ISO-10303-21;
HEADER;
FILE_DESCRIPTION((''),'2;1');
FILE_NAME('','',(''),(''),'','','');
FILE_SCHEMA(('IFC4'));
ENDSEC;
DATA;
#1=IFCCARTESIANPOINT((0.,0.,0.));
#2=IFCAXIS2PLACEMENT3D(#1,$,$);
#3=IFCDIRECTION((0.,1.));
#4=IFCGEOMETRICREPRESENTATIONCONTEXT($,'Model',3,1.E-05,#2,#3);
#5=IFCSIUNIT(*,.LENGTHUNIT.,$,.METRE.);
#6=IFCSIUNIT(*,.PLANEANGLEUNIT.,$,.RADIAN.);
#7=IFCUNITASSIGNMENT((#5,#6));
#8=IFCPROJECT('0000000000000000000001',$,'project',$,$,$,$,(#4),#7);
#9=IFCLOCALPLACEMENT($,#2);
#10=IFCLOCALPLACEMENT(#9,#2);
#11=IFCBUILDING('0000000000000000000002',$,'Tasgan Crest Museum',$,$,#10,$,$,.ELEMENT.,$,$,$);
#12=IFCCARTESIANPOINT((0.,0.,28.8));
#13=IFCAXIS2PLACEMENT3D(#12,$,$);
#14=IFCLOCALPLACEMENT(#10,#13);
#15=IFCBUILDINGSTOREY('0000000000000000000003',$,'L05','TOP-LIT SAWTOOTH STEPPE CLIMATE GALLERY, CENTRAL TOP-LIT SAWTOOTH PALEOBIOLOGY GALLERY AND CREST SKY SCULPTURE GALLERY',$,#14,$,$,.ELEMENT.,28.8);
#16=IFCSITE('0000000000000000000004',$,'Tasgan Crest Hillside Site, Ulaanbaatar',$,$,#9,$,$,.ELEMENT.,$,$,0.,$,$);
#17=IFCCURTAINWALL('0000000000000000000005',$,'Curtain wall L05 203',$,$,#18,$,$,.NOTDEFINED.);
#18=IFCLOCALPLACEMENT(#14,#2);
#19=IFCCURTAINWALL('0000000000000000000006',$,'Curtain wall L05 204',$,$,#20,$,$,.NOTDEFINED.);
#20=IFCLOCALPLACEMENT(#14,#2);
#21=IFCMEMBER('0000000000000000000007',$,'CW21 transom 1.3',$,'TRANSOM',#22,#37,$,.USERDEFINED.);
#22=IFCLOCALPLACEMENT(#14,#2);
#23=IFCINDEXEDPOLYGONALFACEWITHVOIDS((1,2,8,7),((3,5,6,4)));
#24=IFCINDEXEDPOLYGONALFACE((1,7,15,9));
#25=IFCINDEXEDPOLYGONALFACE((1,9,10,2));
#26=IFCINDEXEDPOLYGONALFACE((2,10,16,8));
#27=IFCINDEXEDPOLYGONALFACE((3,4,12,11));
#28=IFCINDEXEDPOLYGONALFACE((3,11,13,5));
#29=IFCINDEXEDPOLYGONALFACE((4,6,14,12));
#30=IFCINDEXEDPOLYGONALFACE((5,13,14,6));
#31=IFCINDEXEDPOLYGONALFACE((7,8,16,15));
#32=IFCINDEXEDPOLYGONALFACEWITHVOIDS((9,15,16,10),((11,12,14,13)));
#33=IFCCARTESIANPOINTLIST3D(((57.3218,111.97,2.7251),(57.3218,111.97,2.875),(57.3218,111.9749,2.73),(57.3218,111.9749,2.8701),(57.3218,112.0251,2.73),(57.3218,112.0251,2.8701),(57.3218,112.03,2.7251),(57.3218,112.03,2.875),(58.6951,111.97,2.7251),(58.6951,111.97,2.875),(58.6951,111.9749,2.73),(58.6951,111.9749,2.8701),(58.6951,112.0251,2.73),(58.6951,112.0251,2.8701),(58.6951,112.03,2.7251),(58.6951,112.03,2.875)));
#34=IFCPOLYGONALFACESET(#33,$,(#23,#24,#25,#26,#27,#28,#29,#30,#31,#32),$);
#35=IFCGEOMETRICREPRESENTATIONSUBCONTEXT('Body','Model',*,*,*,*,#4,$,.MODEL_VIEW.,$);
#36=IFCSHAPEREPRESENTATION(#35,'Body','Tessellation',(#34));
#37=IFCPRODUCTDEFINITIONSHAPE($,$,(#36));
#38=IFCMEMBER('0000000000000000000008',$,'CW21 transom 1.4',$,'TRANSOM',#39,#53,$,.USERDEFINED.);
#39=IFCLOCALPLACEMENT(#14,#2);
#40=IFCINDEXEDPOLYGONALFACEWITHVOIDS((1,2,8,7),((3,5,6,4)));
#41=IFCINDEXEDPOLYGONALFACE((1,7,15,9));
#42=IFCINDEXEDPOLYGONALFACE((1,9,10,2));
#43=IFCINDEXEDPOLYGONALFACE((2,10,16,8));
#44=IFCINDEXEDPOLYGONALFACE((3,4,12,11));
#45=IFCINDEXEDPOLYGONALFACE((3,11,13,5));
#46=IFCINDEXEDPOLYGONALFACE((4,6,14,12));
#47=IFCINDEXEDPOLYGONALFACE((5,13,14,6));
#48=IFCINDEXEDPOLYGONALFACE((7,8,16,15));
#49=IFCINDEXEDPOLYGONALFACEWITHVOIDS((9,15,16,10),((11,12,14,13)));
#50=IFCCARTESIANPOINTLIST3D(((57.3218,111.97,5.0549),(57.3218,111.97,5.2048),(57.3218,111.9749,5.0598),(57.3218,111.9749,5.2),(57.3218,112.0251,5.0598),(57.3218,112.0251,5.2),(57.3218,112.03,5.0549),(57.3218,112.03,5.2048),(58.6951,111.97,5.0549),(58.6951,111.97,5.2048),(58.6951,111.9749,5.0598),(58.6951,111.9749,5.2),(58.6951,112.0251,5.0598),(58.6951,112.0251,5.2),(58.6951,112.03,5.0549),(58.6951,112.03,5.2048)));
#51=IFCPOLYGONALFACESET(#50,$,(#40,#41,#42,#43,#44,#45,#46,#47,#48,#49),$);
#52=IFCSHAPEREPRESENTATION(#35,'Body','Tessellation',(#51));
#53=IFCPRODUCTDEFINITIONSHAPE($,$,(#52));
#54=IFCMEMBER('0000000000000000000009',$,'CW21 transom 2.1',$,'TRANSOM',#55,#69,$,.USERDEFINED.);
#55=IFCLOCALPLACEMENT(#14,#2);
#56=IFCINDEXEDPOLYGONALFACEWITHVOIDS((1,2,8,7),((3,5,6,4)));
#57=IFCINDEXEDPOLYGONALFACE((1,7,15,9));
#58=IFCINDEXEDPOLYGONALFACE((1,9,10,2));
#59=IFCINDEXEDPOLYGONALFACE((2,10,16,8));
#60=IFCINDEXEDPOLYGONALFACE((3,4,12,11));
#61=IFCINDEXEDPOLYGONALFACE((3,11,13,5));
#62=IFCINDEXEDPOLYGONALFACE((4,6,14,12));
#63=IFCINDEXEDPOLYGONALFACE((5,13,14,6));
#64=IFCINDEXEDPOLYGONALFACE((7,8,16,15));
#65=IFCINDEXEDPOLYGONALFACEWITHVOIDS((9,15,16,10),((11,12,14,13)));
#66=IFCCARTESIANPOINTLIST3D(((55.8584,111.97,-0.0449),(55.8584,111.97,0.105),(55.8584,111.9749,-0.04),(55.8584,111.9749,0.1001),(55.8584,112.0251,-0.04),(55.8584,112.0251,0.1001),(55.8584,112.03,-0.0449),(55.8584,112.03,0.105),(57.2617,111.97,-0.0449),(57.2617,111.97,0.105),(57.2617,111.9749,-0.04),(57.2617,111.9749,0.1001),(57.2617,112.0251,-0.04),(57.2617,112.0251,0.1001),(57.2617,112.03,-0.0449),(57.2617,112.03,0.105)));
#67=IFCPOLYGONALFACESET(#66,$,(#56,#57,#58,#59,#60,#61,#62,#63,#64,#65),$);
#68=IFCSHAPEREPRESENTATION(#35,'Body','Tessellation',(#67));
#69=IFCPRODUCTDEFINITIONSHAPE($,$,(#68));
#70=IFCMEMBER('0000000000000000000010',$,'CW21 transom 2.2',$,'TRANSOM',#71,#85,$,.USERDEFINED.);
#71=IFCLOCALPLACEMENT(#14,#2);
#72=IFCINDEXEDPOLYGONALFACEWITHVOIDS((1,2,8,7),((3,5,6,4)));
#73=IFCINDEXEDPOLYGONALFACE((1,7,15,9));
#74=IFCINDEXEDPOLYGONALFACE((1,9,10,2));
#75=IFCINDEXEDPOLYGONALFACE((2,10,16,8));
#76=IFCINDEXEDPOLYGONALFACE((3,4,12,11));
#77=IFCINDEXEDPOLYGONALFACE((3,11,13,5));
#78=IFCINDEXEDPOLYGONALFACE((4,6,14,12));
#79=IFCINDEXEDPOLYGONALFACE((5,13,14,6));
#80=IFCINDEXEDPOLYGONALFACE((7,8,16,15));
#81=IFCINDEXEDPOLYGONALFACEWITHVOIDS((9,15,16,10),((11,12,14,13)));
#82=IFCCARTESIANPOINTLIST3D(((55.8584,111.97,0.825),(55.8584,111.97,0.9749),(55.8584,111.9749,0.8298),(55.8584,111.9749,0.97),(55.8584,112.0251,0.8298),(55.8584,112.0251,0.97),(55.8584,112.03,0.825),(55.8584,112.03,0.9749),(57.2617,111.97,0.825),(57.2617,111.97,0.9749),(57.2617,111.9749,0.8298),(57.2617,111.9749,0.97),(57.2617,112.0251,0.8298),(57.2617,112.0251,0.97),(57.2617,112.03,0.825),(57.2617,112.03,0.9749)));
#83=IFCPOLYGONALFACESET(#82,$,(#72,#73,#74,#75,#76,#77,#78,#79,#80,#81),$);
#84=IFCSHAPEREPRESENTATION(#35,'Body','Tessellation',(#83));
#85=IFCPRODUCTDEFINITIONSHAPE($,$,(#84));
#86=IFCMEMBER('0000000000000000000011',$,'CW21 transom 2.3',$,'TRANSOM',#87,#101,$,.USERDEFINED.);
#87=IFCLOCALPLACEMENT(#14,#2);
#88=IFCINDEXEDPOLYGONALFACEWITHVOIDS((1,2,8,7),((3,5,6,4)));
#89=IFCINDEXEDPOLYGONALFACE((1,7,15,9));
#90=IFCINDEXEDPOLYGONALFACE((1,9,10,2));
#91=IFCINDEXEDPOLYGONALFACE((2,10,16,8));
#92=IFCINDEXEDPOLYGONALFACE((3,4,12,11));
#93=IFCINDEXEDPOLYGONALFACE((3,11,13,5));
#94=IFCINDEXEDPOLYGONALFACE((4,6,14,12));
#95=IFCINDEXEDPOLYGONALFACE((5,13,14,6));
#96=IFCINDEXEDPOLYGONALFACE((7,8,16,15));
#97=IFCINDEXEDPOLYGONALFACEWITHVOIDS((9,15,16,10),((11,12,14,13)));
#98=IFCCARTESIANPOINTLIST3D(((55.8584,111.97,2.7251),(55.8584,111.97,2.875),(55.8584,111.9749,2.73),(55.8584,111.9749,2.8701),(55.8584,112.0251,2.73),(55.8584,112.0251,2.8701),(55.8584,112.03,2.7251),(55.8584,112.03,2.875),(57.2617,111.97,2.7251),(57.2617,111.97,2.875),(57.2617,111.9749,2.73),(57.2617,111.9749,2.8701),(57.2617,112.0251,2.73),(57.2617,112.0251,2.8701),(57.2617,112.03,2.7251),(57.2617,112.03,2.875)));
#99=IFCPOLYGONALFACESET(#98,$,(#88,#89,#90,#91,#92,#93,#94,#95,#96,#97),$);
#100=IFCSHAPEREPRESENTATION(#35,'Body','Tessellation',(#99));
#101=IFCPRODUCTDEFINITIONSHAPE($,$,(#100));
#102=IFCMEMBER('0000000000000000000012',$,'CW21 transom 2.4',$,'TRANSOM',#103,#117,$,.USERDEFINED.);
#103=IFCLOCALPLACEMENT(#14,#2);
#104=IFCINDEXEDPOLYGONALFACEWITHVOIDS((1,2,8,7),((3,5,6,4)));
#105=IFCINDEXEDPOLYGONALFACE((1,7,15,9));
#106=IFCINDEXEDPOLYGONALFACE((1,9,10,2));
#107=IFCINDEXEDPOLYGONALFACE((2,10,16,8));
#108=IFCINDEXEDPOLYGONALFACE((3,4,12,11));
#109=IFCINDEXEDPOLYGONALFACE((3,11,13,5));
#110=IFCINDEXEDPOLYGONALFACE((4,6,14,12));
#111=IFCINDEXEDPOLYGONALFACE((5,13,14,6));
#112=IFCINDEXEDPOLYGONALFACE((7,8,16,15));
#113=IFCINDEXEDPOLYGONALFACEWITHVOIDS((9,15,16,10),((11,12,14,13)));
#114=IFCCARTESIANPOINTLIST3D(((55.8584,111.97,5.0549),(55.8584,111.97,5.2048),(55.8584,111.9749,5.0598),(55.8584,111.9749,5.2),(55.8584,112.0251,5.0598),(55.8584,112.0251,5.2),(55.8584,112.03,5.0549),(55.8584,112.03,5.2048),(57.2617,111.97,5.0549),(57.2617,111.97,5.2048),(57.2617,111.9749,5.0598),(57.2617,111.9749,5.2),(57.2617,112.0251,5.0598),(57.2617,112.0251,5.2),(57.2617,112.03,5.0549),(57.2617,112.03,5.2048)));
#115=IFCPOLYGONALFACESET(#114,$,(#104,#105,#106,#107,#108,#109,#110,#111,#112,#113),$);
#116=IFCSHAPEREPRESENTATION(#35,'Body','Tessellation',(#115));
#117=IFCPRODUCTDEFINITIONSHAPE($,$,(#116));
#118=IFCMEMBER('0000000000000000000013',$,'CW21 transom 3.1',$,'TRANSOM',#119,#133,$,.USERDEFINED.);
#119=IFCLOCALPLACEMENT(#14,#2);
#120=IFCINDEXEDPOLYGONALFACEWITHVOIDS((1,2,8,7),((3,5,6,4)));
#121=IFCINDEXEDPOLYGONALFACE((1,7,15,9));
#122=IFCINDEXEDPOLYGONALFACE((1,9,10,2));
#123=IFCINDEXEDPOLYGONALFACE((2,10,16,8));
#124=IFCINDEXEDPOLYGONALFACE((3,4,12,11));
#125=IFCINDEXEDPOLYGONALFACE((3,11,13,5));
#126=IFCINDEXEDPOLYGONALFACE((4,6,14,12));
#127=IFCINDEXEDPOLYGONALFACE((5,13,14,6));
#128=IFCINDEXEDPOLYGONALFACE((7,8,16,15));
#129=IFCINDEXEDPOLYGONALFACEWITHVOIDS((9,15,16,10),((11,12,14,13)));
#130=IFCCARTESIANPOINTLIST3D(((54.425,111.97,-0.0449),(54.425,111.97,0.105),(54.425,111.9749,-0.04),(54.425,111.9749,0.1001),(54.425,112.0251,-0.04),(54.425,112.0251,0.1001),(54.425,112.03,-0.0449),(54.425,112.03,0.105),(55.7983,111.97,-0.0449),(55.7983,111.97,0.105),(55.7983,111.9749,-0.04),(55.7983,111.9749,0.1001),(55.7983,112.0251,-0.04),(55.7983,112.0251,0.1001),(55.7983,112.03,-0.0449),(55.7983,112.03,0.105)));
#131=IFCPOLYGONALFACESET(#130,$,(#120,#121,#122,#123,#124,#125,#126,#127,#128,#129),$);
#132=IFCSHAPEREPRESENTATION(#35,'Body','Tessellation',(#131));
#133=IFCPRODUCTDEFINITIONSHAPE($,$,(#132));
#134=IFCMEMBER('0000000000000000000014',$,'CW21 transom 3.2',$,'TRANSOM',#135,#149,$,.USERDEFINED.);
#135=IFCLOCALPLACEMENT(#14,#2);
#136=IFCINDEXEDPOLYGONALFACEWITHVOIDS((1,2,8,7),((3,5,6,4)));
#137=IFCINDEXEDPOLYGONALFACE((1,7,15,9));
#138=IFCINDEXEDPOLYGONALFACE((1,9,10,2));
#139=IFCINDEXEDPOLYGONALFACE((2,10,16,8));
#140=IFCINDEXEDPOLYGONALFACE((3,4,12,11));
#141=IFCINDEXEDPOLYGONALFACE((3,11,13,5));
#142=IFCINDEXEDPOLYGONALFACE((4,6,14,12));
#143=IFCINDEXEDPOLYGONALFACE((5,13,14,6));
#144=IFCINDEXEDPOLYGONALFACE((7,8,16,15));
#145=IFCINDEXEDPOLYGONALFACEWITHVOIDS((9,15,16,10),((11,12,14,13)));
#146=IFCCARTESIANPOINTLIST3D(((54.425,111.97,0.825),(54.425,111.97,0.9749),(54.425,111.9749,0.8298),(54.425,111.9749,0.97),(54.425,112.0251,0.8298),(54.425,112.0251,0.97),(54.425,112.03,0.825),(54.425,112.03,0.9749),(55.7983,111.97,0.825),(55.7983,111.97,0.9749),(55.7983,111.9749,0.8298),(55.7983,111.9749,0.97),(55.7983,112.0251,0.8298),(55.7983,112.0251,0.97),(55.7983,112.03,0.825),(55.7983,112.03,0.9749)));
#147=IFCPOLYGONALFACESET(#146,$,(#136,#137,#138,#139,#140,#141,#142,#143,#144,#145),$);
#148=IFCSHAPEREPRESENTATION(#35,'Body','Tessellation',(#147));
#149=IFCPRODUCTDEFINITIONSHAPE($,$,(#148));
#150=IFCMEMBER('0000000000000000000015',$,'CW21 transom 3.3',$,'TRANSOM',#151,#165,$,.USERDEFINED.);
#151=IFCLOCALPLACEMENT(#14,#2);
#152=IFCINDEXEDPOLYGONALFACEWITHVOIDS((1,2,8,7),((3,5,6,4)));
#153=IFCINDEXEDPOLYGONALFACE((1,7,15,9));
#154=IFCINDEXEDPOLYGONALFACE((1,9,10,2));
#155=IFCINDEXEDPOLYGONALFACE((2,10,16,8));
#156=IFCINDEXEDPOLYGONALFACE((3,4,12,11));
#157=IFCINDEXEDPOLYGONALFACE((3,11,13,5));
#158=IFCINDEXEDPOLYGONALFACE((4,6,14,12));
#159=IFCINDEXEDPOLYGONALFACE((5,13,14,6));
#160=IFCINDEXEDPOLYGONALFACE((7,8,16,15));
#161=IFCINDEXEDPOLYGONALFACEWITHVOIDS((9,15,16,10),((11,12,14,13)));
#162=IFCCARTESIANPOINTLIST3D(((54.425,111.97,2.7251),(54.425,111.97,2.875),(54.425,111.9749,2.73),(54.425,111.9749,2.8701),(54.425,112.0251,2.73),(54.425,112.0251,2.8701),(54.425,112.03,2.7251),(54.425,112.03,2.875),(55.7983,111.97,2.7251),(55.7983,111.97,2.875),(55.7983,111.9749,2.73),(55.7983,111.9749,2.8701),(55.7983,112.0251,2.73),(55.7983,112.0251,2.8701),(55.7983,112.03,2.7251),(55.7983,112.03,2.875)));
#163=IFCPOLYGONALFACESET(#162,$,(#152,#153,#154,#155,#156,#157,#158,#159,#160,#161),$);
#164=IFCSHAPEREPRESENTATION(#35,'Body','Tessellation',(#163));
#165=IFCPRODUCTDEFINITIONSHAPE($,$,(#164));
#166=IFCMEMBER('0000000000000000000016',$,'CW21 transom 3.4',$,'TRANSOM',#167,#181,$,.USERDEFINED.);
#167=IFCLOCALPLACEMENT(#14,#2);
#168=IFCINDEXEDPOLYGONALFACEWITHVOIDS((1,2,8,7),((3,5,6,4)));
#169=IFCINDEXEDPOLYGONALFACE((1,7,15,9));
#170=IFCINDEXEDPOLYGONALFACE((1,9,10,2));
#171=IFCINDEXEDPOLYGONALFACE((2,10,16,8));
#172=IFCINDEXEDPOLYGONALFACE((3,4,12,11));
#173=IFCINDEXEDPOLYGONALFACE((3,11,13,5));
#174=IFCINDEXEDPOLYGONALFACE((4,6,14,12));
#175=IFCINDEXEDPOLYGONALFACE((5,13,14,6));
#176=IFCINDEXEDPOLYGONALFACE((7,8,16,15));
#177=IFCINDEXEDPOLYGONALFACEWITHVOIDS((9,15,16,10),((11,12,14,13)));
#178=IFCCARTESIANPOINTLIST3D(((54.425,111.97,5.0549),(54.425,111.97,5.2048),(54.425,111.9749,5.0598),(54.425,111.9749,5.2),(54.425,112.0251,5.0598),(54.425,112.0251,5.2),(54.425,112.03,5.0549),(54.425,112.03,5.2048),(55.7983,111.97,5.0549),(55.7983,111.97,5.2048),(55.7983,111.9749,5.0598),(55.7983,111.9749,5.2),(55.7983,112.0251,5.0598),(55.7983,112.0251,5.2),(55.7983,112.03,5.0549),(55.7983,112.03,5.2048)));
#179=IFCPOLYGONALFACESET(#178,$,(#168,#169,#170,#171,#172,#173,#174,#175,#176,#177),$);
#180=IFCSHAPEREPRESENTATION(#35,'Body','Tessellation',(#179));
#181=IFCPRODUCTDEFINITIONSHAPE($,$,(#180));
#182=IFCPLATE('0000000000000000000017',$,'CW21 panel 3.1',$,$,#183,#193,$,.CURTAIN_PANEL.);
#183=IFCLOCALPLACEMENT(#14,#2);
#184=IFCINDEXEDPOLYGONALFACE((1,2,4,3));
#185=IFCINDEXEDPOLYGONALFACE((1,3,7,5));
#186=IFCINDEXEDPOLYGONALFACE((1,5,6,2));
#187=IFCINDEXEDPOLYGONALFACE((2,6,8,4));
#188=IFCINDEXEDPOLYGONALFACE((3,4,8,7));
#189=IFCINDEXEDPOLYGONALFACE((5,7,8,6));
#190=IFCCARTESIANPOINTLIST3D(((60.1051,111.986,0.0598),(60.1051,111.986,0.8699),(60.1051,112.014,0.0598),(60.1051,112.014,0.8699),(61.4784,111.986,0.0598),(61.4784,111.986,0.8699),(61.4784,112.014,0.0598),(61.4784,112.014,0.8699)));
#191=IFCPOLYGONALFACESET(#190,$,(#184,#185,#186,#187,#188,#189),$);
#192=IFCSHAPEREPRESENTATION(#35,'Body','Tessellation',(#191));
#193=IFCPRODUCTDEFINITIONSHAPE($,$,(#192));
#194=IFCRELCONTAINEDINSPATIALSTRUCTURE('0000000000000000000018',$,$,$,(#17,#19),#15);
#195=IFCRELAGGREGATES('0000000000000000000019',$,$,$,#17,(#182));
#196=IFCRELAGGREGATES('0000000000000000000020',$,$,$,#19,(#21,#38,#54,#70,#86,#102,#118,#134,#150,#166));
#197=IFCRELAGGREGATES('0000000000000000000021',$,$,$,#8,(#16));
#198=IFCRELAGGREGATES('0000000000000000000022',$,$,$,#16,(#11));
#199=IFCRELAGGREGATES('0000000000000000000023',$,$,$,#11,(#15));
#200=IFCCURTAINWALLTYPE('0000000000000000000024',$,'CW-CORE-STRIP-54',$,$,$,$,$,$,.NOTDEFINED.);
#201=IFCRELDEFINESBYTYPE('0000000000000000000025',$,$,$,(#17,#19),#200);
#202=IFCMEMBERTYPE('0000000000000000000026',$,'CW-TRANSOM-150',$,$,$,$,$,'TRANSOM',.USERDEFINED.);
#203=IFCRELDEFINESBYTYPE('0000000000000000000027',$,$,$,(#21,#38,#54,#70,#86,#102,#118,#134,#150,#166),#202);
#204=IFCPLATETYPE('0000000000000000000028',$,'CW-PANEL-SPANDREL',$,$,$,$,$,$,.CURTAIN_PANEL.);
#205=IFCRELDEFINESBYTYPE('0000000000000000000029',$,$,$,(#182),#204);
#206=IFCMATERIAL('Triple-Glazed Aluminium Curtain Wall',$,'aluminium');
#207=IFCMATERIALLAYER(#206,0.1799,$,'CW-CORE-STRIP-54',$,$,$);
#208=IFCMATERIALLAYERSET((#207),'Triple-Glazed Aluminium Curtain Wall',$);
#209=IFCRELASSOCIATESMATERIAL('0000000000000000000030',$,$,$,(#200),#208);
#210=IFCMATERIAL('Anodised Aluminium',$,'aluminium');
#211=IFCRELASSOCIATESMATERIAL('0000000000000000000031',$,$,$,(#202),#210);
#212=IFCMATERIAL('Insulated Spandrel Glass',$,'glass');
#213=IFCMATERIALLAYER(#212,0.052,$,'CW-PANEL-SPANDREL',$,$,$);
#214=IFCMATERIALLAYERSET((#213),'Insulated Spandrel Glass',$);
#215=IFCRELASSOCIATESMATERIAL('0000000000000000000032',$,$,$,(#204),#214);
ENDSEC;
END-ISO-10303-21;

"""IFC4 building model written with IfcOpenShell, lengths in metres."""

from ifc_helpers import new_model, si_unit, direction, frame, origin, origin_2d, place, context, subcontext, project, spatial, rectangle, hollow_rectangle, extrude, material, layer, layer_set, material_profile, profile_set, type_object, element, aggregate, save


model = new_model("IFC4")

# Units and contexts
model_context = context("Model", 3, precision=1e-05, world=origin(), true_north=direction((0.0, 1.0)))
body_context = subcontext(model_context, "Body", "Model", "MODEL_VIEW")
ifc_project = project(units=[si_unit("LENGTHUNIT", "METRE"), si_unit("PLANEANGLEUNIT", "RADIAN")], contexts=[model_context])

# Site, building, storey
site_placement = place(None, origin())
site = spatial("IfcSite", under=ifc_project, at=site_placement, Name="Tasgan Crest Hillside Site, Ulaanbaatar", CompositionType="ELEMENT", RefElevation=0.0)
building_placement = place(site_placement, origin())
building = spatial("IfcBuilding", under=site, at=building_placement, Name="Tasgan Crest Museum", CompositionType="ELEMENT")
storey_placement = place(building_placement, frame((0.0, 0.0, 28.8)))
storey = spatial("IfcBuildingStorey", under=building, at=storey_placement, Name="L05", Description="TOP-LIT SAWTOOTH STEPPE CLIMATE GALLERY, CENTRAL TOP-LIT SAWTOOTH PALEOBIOLOGY GALLERY AND CREST SKY SCULPTURE GALLERY", CompositionType="ELEMENT", Elevation=28.8)

# Curtain walls
ifc_material_1 = material(Name="Triple-Glazed Aluminium Curtain Wall", Category="aluminium")
ifc_layer_1 = layer(ifc_material_1, 0.1799, Name="CW-CORE-STRIP-54")
ifc_layer_set_1 = layer_set([ifc_layer_1], Name="Triple-Glazed Aluminium Curtain Wall")
curtain_wall_type = type_object("IfcCurtainWallType", Name="CW-CORE-STRIP-54", PredefinedType="NOTDEFINED", material=ifc_layer_set_1)
curtain_wall_1_placement = place(storey_placement, origin())
curtain_wall_1 = element("IfcCurtainWall", 1, at=curtain_wall_1_placement, inside=storey, type_object=curtain_wall_type, Name="Curtain wall L05 203", PredefinedType="NOTDEFINED")
curtain_wall_2_placement = place(storey_placement, origin())
curtain_wall_2 = element("IfcCurtainWall", 2, at=curtain_wall_2_placement, inside=storey, type_object=curtain_wall_type, Name="Curtain wall L05 204", PredefinedType="NOTDEFINED")

# Members
ifc_material_2 = material(Name="Anodised Aluminium", Category="aluminium")
ifc_material_profile_1 = material_profile(ifc_material_2, hollow_rectangle(XDim=0.0601, YDim=0.1499, WallThickness=0.0049, at=origin_2d()), Name="ALU TRANSOM 150x60x5")
ifc_profile_set_1 = profile_set([ifc_material_profile_1], Name="Anodised Aluminium")
member_type_1 = type_object("IfcMemberType", Name="CW-TRANSOM-150", ElementType="TRANSOM", PredefinedType="USERDEFINED", material=ifc_profile_set_1)
member_1_placement = place(storey_placement, frame((58.6951, 112.0, 2.8), z_axis=(-1.0, 0.0, 0.0), x_axis=(0.0, -1.0, 0.0)))
member_1 = element("IfcMember", 3, at=member_1_placement, type_object=member_type_1, Name="CW21 transom 1.3", ObjectType="TRANSOM", PredefinedType="USERDEFINED", context=body_context, shape_type="SweptSolid", body=[
    extrude(hollow_rectangle(XDim=0.0601, YDim=0.1499, WallThickness=0.0049, at=origin_2d()), origin(), (0.0, 0.0, 1.0), 1.3733),
])
member_2_placement = place(storey_placement, frame((58.6951, 112.0, 5.1299), z_axis=(-1.0, 0.0, 0.0), x_axis=(0.0, -1.0, 0.0)))
member_2 = element("IfcMember", 4, at=member_2_placement, type_object=member_type_1, Name="CW21 transom 1.4", ObjectType="TRANSOM", PredefinedType="USERDEFINED", context=body_context, shape_type="SweptSolid", body=[
    extrude(hollow_rectangle(XDim=0.0601, YDim=0.1499, WallThickness=0.0049, at=origin_2d()), origin(), (0.0, 0.0, 1.0), 1.3733),
])
member_3_placement = place(storey_placement, frame((57.2617, 112.0, 0.03), z_axis=(-1.0, 0.0, 0.0), x_axis=(0.0, -1.0, 0.0)))
member_3 = element("IfcMember", 5, at=member_3_placement, type_object=member_type_1, Name="CW21 transom 2.1", ObjectType="TRANSOM", PredefinedType="USERDEFINED", context=body_context, shape_type="SweptSolid", body=[
    extrude(hollow_rectangle(XDim=0.0601, YDim=0.1499, WallThickness=0.0049, at=origin_2d()), origin(), (0.0, 0.0, 1.0), 1.4033),
])
member_4_placement = place(storey_placement, frame((57.2617, 112.0, 0.8999), z_axis=(-1.0, 0.0, 0.0), x_axis=(0.0, -1.0, 0.0)))
member_4 = element("IfcMember", 6, at=member_4_placement, type_object=member_type_1, Name="CW21 transom 2.2", ObjectType="TRANSOM", PredefinedType="USERDEFINED", context=body_context, shape_type="SweptSolid", body=[
    extrude(hollow_rectangle(XDim=0.0601, YDim=0.1499, WallThickness=0.0049, at=origin_2d()), origin(), (0.0, 0.0, 1.0), 1.4033),
])
member_5_placement = place(storey_placement, frame((57.2617, 112.0, 2.8), z_axis=(-1.0, 0.0, 0.0), x_axis=(0.0, -1.0, 0.0)))
member_5 = element("IfcMember", 7, at=member_5_placement, type_object=member_type_1, Name="CW21 transom 2.3", ObjectType="TRANSOM", PredefinedType="USERDEFINED", context=body_context, shape_type="SweptSolid", body=[
    extrude(hollow_rectangle(XDim=0.0601, YDim=0.1499, WallThickness=0.0049, at=origin_2d()), origin(), (0.0, 0.0, 1.0), 1.4033),
])
member_6_placement = place(storey_placement, frame((57.2617, 112.0, 5.1299), z_axis=(-1.0, 0.0, 0.0), x_axis=(0.0, -1.0, 0.0)))
member_6 = element("IfcMember", 8, at=member_6_placement, type_object=member_type_1, Name="CW21 transom 2.4", ObjectType="TRANSOM", PredefinedType="USERDEFINED", context=body_context, shape_type="SweptSolid", body=[
    extrude(hollow_rectangle(XDim=0.0601, YDim=0.1499, WallThickness=0.0049, at=origin_2d()), origin(), (0.0, 0.0, 1.0), 1.4033),
])
member_7_placement = place(storey_placement, frame((55.7983, 112.0, 0.03), z_axis=(-1.0, 0.0, 0.0), x_axis=(0.0, -1.0, 0.0)))
member_7 = element("IfcMember", 9, at=member_7_placement, type_object=member_type_1, Name="CW21 transom 3.1", ObjectType="TRANSOM", PredefinedType="USERDEFINED", context=body_context, shape_type="SweptSolid", body=[
    extrude(hollow_rectangle(XDim=0.0601, YDim=0.1499, WallThickness=0.0049, at=origin_2d()), origin(), (0.0, 0.0, 1.0), 1.3733),
])
member_8_placement = place(storey_placement, frame((55.7983, 112.0, 0.8999), z_axis=(-1.0, 0.0, 0.0), x_axis=(0.0, -1.0, 0.0)))
member_8 = element("IfcMember", 10, at=member_8_placement, type_object=member_type_1, Name="CW21 transom 3.2", ObjectType="TRANSOM", PredefinedType="USERDEFINED", context=body_context, shape_type="SweptSolid", body=[
    extrude(hollow_rectangle(XDim=0.0601, YDim=0.1499, WallThickness=0.0049, at=origin_2d()), origin(), (0.0, 0.0, 1.0), 1.3733),
])
member_9_placement = place(storey_placement, frame((55.7983, 112.0, 2.8), z_axis=(-1.0, 0.0, 0.0), x_axis=(0.0, -1.0, 0.0)))
member_9 = element("IfcMember", 11, at=member_9_placement, type_object=member_type_1, Name="CW21 transom 3.3", ObjectType="TRANSOM", PredefinedType="USERDEFINED", context=body_context, shape_type="SweptSolid", body=[
    extrude(hollow_rectangle(XDim=0.0601, YDim=0.1499, WallThickness=0.0049, at=origin_2d()), origin(), (0.0, 0.0, 1.0), 1.3733),
])
member_10_placement = place(storey_placement, frame((55.7983, 112.0, 5.1299), z_axis=(-1.0, 0.0, 0.0), x_axis=(0.0, -1.0, 0.0)))
member_10 = element("IfcMember", 12, at=member_10_placement, type_object=member_type_1, Name="CW21 transom 3.4", ObjectType="TRANSOM", PredefinedType="USERDEFINED", context=body_context, shape_type="SweptSolid", body=[
    extrude(hollow_rectangle(XDim=0.0601, YDim=0.1499, WallThickness=0.0049, at=origin_2d()), origin(), (0.0, 0.0, 1.0), 1.3733),
])

# Plate
ifc_material_3 = material(Name="Insulated Spandrel Glass", Category="glass")
ifc_layer_2 = layer(ifc_material_3, 0.052, Name="CW-PANEL-SPANDREL")
ifc_layer_set_2 = layer_set([ifc_layer_2], Name="Insulated Spandrel Glass")
plate_type_1 = type_object("IfcPlateType", Name="CW-PANEL-SPANDREL", PredefinedType="CURTAIN_PANEL", material=ifc_layer_set_2)
plate_1_placement = place(storey_placement, frame((60.7917, 112.0, 0.0598), z_axis=(0.0, 0.0, 1.0), x_axis=(-1.0, 0.0, 0.0)))
plate_1 = element("IfcPlate", 13, at=plate_1_placement, type_object=plate_type_1, Name="CW21 panel 3.1", PredefinedType="CURTAIN_PANEL", context=body_context, shape_type="SweptSolid", body=[
    extrude(rectangle(XDim=1.3733, YDim=0.0281, at=origin_2d()), origin(), (0.0, 0.0, 1.0), 0.8101),
])
aggregate(curtain_wall_1, [plate_1])
aggregate(curtain_wall_2, [member_1, member_2, member_3, member_4, member_5, member_6, member_7, member_8, member_9, member_10])

save(model, "model.ifc")
